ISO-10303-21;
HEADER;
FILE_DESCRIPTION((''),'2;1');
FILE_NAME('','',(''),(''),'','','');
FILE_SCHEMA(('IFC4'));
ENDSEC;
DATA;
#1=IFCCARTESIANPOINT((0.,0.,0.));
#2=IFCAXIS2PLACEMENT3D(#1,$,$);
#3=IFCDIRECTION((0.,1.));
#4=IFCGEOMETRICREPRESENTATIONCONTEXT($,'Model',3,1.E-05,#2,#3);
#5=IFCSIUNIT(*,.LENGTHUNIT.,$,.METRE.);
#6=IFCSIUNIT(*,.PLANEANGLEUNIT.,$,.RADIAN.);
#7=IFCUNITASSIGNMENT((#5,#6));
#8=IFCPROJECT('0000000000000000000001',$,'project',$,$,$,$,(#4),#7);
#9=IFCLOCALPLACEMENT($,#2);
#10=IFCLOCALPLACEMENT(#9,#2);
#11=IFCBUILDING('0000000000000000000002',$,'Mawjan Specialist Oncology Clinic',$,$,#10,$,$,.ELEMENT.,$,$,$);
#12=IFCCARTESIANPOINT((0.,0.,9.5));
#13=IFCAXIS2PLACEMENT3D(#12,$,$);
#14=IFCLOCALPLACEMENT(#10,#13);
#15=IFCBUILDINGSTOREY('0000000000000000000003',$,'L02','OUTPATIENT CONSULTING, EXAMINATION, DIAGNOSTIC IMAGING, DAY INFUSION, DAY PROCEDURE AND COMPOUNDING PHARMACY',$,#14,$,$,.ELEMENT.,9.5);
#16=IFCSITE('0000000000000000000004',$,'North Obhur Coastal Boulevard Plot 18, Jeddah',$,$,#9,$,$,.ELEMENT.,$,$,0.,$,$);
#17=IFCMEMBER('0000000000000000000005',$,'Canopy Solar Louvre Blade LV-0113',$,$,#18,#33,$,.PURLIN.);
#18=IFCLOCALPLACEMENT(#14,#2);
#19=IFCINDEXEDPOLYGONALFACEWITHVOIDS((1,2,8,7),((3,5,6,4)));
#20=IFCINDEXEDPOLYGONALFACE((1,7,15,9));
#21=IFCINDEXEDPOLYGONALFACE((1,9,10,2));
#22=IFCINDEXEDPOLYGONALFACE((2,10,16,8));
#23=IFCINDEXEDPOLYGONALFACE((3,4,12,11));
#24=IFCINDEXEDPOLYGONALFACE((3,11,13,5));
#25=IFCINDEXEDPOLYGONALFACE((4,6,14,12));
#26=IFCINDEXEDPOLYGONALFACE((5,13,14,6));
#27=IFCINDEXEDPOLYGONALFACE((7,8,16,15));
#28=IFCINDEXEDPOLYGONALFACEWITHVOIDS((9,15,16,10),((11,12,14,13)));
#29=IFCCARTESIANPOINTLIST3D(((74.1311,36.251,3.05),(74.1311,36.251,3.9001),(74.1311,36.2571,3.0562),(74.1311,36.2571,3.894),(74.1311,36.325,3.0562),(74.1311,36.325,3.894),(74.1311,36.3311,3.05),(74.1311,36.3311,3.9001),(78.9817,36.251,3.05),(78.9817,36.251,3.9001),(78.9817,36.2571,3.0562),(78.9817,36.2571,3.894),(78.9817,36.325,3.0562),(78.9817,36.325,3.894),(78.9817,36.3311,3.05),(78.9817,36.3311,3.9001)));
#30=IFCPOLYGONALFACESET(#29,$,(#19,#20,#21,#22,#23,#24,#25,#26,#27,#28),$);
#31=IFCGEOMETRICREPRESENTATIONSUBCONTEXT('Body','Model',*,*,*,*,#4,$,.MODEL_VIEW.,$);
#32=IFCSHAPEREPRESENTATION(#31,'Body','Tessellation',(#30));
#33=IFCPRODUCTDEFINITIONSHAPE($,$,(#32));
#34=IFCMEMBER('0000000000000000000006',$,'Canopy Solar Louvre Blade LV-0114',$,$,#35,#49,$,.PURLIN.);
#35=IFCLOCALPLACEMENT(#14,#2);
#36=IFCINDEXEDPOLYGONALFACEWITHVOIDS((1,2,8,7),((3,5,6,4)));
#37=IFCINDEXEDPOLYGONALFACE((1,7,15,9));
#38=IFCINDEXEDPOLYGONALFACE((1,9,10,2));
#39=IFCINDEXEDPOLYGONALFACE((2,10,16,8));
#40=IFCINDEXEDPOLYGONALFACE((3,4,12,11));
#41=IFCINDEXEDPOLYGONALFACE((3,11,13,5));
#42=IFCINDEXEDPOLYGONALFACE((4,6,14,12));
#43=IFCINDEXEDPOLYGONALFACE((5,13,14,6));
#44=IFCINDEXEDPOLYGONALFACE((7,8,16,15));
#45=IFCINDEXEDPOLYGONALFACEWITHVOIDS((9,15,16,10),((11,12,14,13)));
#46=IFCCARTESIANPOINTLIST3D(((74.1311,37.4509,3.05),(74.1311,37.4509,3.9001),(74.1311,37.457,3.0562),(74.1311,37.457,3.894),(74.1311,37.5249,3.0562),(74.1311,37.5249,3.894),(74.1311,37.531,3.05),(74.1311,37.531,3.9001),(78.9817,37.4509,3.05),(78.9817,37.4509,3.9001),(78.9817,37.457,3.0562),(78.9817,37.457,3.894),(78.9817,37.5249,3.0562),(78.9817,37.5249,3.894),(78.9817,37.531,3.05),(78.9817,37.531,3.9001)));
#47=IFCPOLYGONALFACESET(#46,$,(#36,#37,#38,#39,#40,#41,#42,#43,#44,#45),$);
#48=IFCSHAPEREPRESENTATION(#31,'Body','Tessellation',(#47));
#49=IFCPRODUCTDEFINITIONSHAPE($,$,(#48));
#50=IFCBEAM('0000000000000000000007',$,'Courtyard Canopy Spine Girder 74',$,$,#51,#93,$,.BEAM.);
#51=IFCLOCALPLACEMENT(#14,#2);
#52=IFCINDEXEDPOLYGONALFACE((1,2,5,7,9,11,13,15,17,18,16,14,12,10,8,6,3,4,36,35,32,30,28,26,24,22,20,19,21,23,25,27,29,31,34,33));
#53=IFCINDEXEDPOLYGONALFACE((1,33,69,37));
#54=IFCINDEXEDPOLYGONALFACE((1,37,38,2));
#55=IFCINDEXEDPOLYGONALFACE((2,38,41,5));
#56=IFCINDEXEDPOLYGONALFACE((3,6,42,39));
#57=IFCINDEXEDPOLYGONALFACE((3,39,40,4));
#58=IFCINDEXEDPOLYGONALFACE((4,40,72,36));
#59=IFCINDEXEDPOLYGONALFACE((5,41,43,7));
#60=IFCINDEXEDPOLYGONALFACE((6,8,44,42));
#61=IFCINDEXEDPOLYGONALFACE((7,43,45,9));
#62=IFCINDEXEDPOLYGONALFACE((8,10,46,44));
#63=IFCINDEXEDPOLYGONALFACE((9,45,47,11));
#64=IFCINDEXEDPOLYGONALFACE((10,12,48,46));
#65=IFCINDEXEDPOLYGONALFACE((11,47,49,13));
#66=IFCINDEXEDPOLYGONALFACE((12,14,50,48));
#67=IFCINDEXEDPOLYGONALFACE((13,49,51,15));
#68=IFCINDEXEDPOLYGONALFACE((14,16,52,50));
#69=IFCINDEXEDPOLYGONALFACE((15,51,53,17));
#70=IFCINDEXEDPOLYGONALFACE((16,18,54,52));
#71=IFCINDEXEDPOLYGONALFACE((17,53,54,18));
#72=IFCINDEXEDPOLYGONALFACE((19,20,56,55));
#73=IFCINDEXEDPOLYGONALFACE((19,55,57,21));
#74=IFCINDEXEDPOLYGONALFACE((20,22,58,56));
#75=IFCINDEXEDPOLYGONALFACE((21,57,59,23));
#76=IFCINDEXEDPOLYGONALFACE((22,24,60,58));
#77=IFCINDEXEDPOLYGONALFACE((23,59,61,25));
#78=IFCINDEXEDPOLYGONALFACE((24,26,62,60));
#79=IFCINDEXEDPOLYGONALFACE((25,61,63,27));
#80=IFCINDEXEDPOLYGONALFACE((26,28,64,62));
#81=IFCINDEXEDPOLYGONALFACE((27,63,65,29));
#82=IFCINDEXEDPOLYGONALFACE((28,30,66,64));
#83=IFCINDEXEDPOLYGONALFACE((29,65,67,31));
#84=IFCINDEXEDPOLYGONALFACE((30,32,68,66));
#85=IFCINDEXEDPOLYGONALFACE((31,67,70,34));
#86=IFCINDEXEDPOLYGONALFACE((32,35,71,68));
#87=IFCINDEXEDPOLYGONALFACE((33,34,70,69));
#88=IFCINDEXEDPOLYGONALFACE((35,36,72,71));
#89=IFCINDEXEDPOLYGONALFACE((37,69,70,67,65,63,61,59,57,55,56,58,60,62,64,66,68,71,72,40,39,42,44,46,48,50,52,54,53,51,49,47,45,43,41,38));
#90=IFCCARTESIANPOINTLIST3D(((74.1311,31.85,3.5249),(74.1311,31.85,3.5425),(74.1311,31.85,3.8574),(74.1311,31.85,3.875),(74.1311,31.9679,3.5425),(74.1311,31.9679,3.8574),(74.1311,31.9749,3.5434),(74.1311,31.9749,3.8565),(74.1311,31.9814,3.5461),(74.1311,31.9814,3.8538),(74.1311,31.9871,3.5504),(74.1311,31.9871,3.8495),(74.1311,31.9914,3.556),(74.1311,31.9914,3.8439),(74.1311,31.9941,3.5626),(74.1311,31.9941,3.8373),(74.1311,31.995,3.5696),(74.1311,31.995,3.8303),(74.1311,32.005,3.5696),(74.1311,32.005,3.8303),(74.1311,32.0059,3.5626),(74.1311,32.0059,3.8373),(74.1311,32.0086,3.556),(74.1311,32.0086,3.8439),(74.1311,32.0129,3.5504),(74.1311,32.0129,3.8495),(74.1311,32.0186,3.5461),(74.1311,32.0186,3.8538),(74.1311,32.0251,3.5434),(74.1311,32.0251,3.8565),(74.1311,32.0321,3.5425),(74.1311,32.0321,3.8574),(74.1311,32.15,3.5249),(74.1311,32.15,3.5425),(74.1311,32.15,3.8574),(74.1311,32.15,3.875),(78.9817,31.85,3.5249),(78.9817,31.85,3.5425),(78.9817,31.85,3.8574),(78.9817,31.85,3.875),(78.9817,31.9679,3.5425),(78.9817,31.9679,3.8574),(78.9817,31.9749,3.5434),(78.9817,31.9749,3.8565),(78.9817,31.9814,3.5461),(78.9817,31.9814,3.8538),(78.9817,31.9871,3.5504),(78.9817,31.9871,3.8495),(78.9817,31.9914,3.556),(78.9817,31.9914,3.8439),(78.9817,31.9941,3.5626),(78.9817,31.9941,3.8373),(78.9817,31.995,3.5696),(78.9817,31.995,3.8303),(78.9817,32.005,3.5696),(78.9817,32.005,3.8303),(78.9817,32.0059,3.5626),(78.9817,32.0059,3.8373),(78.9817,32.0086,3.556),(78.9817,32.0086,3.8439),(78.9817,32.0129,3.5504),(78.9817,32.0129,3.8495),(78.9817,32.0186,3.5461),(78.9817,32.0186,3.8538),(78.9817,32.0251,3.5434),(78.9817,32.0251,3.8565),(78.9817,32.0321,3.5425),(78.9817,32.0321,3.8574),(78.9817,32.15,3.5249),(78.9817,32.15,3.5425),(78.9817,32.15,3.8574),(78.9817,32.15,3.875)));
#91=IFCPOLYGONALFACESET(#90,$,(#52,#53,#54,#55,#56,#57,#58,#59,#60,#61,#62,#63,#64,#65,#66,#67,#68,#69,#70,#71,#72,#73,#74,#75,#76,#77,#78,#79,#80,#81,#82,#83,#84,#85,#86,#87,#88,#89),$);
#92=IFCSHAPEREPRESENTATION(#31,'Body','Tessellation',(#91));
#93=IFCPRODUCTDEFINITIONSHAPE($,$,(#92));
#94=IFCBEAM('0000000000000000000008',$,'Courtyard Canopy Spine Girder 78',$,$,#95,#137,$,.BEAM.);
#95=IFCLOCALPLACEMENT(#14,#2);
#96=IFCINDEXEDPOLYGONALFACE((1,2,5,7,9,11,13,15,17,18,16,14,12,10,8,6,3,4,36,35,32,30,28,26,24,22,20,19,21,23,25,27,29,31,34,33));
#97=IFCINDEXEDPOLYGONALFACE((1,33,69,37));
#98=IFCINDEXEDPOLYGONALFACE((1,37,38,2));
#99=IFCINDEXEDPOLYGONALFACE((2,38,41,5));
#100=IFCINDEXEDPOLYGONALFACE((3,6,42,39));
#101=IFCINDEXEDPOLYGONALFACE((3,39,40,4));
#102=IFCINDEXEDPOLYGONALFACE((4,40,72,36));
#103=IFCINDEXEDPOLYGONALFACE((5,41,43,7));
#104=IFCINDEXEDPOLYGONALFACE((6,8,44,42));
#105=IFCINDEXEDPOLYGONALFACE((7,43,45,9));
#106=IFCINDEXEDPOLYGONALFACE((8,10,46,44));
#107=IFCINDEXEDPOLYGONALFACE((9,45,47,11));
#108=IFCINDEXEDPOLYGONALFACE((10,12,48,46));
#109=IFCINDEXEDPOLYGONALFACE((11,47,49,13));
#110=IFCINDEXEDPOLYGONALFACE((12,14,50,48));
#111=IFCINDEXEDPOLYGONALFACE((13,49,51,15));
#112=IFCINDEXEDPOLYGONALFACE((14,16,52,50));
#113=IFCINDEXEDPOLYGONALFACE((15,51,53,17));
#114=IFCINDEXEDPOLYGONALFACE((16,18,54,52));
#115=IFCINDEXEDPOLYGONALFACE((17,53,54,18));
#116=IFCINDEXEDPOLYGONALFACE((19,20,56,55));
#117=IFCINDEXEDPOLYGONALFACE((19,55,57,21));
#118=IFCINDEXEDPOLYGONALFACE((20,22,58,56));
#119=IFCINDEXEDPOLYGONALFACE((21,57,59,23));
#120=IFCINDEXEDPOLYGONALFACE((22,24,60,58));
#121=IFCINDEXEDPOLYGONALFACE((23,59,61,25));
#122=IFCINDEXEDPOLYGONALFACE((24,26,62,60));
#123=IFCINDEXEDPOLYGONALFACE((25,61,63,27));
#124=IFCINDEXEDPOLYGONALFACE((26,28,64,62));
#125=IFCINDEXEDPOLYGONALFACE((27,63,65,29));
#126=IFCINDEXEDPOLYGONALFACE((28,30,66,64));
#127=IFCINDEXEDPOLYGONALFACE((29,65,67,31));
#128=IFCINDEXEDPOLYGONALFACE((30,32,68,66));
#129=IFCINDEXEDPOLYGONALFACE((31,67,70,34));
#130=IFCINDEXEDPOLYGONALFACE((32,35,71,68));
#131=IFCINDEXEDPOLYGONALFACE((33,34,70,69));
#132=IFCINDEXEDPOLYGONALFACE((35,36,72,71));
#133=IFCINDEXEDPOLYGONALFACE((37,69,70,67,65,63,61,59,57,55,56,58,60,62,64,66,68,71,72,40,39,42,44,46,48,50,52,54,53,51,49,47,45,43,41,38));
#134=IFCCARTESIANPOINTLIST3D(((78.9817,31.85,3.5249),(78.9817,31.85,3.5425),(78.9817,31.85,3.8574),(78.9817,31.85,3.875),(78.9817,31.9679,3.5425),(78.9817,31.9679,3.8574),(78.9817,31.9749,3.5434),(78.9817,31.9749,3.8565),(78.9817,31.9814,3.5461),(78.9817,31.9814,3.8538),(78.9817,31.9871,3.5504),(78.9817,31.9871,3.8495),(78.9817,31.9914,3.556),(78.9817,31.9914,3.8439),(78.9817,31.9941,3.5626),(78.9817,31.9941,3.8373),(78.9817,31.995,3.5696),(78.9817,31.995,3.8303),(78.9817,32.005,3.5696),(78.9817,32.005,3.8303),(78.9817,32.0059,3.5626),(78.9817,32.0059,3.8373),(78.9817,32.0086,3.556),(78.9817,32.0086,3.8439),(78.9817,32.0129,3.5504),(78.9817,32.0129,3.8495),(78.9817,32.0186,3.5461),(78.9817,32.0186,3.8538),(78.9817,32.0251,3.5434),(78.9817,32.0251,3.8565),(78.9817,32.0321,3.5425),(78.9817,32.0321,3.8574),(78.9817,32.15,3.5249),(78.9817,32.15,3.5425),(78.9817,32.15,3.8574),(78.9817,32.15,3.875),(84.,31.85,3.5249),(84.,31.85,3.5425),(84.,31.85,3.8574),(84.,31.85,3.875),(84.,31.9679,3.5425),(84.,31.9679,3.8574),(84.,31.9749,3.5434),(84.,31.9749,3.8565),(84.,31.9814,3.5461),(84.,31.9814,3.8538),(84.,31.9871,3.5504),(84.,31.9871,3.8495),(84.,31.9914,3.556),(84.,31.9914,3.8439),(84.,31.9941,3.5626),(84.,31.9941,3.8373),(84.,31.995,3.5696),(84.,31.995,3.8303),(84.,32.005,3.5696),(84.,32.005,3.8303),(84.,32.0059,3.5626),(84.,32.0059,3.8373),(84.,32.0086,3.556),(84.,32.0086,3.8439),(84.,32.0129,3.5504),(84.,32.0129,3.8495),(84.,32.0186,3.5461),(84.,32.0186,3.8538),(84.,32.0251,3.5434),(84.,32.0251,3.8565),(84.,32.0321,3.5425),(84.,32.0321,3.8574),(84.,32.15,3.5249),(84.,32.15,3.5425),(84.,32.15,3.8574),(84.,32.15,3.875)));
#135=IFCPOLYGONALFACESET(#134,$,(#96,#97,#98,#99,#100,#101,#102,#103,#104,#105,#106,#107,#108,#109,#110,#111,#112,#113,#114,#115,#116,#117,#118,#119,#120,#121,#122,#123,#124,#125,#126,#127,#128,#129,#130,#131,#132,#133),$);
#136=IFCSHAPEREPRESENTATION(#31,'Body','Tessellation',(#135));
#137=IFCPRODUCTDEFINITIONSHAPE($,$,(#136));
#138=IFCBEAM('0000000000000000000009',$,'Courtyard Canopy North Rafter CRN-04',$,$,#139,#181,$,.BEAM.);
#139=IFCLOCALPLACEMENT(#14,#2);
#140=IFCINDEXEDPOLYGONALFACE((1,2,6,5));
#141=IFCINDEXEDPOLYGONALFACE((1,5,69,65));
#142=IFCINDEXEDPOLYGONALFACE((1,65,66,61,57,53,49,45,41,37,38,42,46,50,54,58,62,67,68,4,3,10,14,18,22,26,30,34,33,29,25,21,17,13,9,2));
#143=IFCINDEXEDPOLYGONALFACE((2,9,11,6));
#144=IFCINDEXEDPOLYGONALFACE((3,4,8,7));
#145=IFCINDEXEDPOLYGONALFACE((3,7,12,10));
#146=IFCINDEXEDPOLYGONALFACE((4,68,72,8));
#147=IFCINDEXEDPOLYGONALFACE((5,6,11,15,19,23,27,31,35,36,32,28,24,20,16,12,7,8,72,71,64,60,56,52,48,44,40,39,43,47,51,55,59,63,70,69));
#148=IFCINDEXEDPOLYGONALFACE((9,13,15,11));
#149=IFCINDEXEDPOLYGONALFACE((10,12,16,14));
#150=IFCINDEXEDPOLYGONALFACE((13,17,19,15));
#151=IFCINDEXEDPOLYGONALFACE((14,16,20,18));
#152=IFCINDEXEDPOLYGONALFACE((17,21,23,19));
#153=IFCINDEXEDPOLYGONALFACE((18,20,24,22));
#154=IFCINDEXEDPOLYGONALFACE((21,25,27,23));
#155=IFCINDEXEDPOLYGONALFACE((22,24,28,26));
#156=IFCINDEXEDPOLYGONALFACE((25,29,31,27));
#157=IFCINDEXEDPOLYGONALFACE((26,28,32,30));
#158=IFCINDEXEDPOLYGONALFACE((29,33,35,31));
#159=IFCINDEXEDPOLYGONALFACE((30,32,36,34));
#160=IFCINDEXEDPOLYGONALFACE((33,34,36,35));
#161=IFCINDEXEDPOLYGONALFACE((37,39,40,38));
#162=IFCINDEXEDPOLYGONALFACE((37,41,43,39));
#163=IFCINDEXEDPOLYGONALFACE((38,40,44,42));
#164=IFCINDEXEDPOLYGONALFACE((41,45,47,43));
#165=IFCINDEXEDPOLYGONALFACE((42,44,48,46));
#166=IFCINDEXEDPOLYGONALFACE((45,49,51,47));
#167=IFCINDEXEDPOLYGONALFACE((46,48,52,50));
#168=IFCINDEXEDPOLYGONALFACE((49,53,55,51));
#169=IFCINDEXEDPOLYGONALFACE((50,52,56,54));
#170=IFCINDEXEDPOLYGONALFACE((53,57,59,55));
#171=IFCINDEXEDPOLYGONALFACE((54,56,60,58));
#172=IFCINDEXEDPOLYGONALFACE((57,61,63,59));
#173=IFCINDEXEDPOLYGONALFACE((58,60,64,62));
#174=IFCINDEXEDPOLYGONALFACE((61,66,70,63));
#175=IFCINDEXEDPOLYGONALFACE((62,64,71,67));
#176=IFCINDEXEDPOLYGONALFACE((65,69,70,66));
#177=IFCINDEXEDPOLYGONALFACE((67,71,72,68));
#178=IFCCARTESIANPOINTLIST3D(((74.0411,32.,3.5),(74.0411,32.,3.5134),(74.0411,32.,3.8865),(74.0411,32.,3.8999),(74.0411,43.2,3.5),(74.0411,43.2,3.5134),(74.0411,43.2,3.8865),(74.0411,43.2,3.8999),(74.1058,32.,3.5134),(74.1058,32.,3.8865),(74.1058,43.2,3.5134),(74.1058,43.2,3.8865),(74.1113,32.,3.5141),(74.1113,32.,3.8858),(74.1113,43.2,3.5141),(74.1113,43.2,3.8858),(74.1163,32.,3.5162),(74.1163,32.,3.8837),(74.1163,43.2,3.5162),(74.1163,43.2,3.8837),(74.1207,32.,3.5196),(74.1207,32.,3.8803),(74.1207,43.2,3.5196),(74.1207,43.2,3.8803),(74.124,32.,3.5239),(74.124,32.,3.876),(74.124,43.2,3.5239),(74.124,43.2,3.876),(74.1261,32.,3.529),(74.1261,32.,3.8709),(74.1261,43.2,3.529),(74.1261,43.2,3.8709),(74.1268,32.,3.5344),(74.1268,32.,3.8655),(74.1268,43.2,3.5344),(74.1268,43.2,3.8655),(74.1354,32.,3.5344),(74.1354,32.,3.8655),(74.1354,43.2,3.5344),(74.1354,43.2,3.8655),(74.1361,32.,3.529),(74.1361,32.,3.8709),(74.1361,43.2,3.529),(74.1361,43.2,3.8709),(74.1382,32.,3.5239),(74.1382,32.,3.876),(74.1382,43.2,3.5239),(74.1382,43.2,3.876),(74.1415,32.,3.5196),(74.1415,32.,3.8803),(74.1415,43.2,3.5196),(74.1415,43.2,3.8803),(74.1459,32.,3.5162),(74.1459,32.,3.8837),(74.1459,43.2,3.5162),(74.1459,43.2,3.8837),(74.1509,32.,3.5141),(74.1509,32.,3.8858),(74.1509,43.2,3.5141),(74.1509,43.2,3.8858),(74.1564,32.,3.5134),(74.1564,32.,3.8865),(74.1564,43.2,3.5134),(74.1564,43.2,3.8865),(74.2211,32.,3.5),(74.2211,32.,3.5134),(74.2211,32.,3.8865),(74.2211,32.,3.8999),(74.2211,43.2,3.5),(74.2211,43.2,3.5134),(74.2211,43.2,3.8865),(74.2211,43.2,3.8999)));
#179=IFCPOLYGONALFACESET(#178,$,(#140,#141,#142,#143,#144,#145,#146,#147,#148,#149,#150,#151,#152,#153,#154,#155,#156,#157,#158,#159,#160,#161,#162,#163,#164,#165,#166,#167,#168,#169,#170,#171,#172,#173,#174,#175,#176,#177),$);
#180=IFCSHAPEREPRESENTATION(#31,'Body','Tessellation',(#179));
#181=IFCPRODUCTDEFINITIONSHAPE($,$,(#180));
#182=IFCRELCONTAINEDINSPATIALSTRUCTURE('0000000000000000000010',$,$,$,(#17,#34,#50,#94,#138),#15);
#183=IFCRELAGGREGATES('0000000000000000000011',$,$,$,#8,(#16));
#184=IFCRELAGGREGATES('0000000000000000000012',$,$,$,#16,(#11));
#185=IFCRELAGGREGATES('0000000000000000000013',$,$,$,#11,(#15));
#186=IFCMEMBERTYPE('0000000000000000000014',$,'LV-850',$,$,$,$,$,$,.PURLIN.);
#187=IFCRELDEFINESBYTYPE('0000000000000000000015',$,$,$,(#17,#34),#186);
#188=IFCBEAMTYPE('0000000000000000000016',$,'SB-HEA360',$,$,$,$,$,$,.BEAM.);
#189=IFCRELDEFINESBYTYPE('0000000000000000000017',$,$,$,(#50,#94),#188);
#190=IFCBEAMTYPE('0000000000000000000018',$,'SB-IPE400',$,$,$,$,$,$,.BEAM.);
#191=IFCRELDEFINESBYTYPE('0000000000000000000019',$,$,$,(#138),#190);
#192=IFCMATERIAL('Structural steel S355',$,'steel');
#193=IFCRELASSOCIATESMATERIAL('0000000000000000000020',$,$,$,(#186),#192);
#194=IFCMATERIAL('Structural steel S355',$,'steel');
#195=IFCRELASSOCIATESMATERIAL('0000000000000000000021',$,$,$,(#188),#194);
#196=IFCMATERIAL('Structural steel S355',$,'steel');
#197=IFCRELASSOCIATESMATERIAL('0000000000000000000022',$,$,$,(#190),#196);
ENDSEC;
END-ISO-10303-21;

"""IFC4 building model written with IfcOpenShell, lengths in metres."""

from ifc_helpers import new_model, si_unit, direction, frame, origin, origin_2d, place, context, subcontext, project, spatial, hollow_rectangle, i_section, extrude, material, material_profile, profile_set, type_object, element, save


model = new_model("IFC4")

# Units and contexts
model_context = context("Model", 3, precision=1e-05, world=origin(), true_north=direction((0.0, 1.0)))
body_context = subcontext(model_context, "Body", "Model", "MODEL_VIEW")
ifc_project = project(units=[si_unit("LENGTHUNIT", "METRE"), si_unit("PLANEANGLEUNIT", "RADIAN")], contexts=[model_context])

# Site, building, storey
site_placement = place(None, origin())
site = spatial("IfcSite", under=ifc_project, at=site_placement, Name="North Obhur Coastal Boulevard Plot 18, Jeddah", CompositionType="ELEMENT", RefElevation=0.0)
building_placement = place(site_placement, origin())
building = spatial("IfcBuilding", under=site, at=building_placement, Name="Mawjan Specialist Oncology Clinic", CompositionType="ELEMENT")
storey_placement = place(building_placement, frame((0.0, 0.0, 9.5)))
storey = spatial("IfcBuildingStorey", under=building, at=storey_placement, Name="L02", Description="OUTPATIENT CONSULTING, EXAMINATION, DIAGNOSTIC IMAGING, DAY INFUSION, DAY PROCEDURE AND COMPOUNDING PHARMACY", CompositionType="ELEMENT", Elevation=9.5)

# Members
ifc_material_1 = material(Name="Structural steel S355", Category="steel")
ifc_material_profile_1 = material_profile(ifc_material_1, hollow_rectangle(XDim=0.0801, YDim=0.8501, WallThickness=0.0061, at=origin_2d()), Name="LOUVRE 850x80x6", Category="steel")
ifc_profile_set_1 = profile_set([ifc_material_profile_1], Name="Structural steel S355")
member_type_1 = type_object("IfcMemberType", Name="LV-850", PredefinedType="PURLIN", material=ifc_profile_set_1)
for number, where, z_axis, x_axis, name in (
    (1, (74.1311, 36.291, 3.4751), (1.0, 0.0, 0.0), (0.0, 1.0, 0.0), "Canopy Solar Louvre Blade LV-0113"),
    (2, (74.1311, 37.491, 3.4751), (1.0, 0.0, 0.0), (0.0, 1.0, 0.0), "Canopy Solar Louvre Blade LV-0114"),
):
    element("IfcMember", number, at=place(storey_placement, frame(where, z_axis=z_axis, x_axis=x_axis)), inside=storey, type_object=member_type_1, Name=name, PredefinedType="PURLIN", context=body_context, shape_type="SweptSolid", body=[
        extrude(hollow_rectangle(XDim=0.0801, YDim=0.8501, WallThickness=0.0061, at=origin_2d()), origin(), (0.0, 0.0, 1.0), 4.8506),
    ])

# Beams
ifc_material_2 = material(Name="Structural steel S355", Category="steel")
ifc_material_profile_2 = material_profile(ifc_material_2, i_section(OverallWidth=0.3, OverallDepth=0.3501, WebThickness=0.01, FlangeThickness=0.0176, FilletRadius=0.0271, at=origin_2d()), Name="HEA 360", Category="steel")
ifc_profile_set_2 = profile_set([ifc_material_profile_2], Name="Structural steel S355")
beam_type_1 = type_object("IfcBeamType", Name="SB-HEA360", PredefinedType="BEAM", material=ifc_profile_set_2)
beam_1_placement = place(storey_placement, frame((74.1311, 32.0, 3.7), z_axis=(1.0, 0.0, 0.0), x_axis=(0.0, 1.0, 0.0)))
element("IfcBeam", 3, at=beam_1_placement, inside=storey, type_object=beam_type_1, Name="Courtyard Canopy Spine Girder 74", PredefinedType="BEAM", context=body_context, shape_type="SweptSolid", body=[
    extrude(i_section(OverallWidth=0.3, OverallDepth=0.3501, WebThickness=0.01, FlangeThickness=0.0176, FilletRadius=0.0271, at=origin_2d()), origin(), (0.0, 0.0, 1.0), 4.8506),
])
beam_2_placement = place(storey_placement, frame((78.9817, 32.0, 3.7), z_axis=(1.0, 0.0, 0.0), x_axis=(0.0, 1.0, 0.0)))
element("IfcBeam", 4, at=beam_2_placement, inside=storey, type_object=beam_type_1, Name="Courtyard Canopy Spine Girder 78", PredefinedType="BEAM", context=body_context, shape_type="SweptSolid", body=[
    extrude(i_section(OverallWidth=0.3, OverallDepth=0.3501, WebThickness=0.01, FlangeThickness=0.0176, FilletRadius=0.0271, at=origin_2d()), origin(), (0.0, 0.0, 1.0), 5.0183),
])
ifc_material_3 = material(Name="Structural steel S355", Category="steel")
ifc_material_profile_3 = material_profile(ifc_material_3, i_section(OverallWidth=0.1799, OverallDepth=0.3999, WebThickness=0.0085, FlangeThickness=0.0134, FilletRadius=0.021, at=origin_2d()), Name="IPE 400", Category="steel")
ifc_profile_set_3 = profile_set([ifc_material_profile_3], Name="Structural steel S355")
beam_type_2 = type_object("IfcBeamType", Name="SB-IPE400", PredefinedType="BEAM", material=ifc_profile_set_3)
for number, where, z_axis, x_axis, name in (
    (5, (74.1311, 32.0, 3.7), (0.0, 1.0, 0.0), (-1.0, 0.0, 0.0), "Courtyard Canopy North Rafter CRN-04"),
):
    element("IfcBeam", number, at=place(storey_placement, frame(where, z_axis=z_axis, x_axis=x_axis)), inside=storey, type_object=beam_type_2, Name=name, PredefinedType="BEAM", context=body_context, shape_type="SweptSolid", body=[
        extrude(i_section(OverallWidth=0.1799, OverallDepth=0.3999, WebThickness=0.0085, FlangeThickness=0.0134, FilletRadius=0.021, at=origin_2d()), origin(), (0.0, 0.0, 1.0), 11.2),
    ])

save(model, "model.ifc")
